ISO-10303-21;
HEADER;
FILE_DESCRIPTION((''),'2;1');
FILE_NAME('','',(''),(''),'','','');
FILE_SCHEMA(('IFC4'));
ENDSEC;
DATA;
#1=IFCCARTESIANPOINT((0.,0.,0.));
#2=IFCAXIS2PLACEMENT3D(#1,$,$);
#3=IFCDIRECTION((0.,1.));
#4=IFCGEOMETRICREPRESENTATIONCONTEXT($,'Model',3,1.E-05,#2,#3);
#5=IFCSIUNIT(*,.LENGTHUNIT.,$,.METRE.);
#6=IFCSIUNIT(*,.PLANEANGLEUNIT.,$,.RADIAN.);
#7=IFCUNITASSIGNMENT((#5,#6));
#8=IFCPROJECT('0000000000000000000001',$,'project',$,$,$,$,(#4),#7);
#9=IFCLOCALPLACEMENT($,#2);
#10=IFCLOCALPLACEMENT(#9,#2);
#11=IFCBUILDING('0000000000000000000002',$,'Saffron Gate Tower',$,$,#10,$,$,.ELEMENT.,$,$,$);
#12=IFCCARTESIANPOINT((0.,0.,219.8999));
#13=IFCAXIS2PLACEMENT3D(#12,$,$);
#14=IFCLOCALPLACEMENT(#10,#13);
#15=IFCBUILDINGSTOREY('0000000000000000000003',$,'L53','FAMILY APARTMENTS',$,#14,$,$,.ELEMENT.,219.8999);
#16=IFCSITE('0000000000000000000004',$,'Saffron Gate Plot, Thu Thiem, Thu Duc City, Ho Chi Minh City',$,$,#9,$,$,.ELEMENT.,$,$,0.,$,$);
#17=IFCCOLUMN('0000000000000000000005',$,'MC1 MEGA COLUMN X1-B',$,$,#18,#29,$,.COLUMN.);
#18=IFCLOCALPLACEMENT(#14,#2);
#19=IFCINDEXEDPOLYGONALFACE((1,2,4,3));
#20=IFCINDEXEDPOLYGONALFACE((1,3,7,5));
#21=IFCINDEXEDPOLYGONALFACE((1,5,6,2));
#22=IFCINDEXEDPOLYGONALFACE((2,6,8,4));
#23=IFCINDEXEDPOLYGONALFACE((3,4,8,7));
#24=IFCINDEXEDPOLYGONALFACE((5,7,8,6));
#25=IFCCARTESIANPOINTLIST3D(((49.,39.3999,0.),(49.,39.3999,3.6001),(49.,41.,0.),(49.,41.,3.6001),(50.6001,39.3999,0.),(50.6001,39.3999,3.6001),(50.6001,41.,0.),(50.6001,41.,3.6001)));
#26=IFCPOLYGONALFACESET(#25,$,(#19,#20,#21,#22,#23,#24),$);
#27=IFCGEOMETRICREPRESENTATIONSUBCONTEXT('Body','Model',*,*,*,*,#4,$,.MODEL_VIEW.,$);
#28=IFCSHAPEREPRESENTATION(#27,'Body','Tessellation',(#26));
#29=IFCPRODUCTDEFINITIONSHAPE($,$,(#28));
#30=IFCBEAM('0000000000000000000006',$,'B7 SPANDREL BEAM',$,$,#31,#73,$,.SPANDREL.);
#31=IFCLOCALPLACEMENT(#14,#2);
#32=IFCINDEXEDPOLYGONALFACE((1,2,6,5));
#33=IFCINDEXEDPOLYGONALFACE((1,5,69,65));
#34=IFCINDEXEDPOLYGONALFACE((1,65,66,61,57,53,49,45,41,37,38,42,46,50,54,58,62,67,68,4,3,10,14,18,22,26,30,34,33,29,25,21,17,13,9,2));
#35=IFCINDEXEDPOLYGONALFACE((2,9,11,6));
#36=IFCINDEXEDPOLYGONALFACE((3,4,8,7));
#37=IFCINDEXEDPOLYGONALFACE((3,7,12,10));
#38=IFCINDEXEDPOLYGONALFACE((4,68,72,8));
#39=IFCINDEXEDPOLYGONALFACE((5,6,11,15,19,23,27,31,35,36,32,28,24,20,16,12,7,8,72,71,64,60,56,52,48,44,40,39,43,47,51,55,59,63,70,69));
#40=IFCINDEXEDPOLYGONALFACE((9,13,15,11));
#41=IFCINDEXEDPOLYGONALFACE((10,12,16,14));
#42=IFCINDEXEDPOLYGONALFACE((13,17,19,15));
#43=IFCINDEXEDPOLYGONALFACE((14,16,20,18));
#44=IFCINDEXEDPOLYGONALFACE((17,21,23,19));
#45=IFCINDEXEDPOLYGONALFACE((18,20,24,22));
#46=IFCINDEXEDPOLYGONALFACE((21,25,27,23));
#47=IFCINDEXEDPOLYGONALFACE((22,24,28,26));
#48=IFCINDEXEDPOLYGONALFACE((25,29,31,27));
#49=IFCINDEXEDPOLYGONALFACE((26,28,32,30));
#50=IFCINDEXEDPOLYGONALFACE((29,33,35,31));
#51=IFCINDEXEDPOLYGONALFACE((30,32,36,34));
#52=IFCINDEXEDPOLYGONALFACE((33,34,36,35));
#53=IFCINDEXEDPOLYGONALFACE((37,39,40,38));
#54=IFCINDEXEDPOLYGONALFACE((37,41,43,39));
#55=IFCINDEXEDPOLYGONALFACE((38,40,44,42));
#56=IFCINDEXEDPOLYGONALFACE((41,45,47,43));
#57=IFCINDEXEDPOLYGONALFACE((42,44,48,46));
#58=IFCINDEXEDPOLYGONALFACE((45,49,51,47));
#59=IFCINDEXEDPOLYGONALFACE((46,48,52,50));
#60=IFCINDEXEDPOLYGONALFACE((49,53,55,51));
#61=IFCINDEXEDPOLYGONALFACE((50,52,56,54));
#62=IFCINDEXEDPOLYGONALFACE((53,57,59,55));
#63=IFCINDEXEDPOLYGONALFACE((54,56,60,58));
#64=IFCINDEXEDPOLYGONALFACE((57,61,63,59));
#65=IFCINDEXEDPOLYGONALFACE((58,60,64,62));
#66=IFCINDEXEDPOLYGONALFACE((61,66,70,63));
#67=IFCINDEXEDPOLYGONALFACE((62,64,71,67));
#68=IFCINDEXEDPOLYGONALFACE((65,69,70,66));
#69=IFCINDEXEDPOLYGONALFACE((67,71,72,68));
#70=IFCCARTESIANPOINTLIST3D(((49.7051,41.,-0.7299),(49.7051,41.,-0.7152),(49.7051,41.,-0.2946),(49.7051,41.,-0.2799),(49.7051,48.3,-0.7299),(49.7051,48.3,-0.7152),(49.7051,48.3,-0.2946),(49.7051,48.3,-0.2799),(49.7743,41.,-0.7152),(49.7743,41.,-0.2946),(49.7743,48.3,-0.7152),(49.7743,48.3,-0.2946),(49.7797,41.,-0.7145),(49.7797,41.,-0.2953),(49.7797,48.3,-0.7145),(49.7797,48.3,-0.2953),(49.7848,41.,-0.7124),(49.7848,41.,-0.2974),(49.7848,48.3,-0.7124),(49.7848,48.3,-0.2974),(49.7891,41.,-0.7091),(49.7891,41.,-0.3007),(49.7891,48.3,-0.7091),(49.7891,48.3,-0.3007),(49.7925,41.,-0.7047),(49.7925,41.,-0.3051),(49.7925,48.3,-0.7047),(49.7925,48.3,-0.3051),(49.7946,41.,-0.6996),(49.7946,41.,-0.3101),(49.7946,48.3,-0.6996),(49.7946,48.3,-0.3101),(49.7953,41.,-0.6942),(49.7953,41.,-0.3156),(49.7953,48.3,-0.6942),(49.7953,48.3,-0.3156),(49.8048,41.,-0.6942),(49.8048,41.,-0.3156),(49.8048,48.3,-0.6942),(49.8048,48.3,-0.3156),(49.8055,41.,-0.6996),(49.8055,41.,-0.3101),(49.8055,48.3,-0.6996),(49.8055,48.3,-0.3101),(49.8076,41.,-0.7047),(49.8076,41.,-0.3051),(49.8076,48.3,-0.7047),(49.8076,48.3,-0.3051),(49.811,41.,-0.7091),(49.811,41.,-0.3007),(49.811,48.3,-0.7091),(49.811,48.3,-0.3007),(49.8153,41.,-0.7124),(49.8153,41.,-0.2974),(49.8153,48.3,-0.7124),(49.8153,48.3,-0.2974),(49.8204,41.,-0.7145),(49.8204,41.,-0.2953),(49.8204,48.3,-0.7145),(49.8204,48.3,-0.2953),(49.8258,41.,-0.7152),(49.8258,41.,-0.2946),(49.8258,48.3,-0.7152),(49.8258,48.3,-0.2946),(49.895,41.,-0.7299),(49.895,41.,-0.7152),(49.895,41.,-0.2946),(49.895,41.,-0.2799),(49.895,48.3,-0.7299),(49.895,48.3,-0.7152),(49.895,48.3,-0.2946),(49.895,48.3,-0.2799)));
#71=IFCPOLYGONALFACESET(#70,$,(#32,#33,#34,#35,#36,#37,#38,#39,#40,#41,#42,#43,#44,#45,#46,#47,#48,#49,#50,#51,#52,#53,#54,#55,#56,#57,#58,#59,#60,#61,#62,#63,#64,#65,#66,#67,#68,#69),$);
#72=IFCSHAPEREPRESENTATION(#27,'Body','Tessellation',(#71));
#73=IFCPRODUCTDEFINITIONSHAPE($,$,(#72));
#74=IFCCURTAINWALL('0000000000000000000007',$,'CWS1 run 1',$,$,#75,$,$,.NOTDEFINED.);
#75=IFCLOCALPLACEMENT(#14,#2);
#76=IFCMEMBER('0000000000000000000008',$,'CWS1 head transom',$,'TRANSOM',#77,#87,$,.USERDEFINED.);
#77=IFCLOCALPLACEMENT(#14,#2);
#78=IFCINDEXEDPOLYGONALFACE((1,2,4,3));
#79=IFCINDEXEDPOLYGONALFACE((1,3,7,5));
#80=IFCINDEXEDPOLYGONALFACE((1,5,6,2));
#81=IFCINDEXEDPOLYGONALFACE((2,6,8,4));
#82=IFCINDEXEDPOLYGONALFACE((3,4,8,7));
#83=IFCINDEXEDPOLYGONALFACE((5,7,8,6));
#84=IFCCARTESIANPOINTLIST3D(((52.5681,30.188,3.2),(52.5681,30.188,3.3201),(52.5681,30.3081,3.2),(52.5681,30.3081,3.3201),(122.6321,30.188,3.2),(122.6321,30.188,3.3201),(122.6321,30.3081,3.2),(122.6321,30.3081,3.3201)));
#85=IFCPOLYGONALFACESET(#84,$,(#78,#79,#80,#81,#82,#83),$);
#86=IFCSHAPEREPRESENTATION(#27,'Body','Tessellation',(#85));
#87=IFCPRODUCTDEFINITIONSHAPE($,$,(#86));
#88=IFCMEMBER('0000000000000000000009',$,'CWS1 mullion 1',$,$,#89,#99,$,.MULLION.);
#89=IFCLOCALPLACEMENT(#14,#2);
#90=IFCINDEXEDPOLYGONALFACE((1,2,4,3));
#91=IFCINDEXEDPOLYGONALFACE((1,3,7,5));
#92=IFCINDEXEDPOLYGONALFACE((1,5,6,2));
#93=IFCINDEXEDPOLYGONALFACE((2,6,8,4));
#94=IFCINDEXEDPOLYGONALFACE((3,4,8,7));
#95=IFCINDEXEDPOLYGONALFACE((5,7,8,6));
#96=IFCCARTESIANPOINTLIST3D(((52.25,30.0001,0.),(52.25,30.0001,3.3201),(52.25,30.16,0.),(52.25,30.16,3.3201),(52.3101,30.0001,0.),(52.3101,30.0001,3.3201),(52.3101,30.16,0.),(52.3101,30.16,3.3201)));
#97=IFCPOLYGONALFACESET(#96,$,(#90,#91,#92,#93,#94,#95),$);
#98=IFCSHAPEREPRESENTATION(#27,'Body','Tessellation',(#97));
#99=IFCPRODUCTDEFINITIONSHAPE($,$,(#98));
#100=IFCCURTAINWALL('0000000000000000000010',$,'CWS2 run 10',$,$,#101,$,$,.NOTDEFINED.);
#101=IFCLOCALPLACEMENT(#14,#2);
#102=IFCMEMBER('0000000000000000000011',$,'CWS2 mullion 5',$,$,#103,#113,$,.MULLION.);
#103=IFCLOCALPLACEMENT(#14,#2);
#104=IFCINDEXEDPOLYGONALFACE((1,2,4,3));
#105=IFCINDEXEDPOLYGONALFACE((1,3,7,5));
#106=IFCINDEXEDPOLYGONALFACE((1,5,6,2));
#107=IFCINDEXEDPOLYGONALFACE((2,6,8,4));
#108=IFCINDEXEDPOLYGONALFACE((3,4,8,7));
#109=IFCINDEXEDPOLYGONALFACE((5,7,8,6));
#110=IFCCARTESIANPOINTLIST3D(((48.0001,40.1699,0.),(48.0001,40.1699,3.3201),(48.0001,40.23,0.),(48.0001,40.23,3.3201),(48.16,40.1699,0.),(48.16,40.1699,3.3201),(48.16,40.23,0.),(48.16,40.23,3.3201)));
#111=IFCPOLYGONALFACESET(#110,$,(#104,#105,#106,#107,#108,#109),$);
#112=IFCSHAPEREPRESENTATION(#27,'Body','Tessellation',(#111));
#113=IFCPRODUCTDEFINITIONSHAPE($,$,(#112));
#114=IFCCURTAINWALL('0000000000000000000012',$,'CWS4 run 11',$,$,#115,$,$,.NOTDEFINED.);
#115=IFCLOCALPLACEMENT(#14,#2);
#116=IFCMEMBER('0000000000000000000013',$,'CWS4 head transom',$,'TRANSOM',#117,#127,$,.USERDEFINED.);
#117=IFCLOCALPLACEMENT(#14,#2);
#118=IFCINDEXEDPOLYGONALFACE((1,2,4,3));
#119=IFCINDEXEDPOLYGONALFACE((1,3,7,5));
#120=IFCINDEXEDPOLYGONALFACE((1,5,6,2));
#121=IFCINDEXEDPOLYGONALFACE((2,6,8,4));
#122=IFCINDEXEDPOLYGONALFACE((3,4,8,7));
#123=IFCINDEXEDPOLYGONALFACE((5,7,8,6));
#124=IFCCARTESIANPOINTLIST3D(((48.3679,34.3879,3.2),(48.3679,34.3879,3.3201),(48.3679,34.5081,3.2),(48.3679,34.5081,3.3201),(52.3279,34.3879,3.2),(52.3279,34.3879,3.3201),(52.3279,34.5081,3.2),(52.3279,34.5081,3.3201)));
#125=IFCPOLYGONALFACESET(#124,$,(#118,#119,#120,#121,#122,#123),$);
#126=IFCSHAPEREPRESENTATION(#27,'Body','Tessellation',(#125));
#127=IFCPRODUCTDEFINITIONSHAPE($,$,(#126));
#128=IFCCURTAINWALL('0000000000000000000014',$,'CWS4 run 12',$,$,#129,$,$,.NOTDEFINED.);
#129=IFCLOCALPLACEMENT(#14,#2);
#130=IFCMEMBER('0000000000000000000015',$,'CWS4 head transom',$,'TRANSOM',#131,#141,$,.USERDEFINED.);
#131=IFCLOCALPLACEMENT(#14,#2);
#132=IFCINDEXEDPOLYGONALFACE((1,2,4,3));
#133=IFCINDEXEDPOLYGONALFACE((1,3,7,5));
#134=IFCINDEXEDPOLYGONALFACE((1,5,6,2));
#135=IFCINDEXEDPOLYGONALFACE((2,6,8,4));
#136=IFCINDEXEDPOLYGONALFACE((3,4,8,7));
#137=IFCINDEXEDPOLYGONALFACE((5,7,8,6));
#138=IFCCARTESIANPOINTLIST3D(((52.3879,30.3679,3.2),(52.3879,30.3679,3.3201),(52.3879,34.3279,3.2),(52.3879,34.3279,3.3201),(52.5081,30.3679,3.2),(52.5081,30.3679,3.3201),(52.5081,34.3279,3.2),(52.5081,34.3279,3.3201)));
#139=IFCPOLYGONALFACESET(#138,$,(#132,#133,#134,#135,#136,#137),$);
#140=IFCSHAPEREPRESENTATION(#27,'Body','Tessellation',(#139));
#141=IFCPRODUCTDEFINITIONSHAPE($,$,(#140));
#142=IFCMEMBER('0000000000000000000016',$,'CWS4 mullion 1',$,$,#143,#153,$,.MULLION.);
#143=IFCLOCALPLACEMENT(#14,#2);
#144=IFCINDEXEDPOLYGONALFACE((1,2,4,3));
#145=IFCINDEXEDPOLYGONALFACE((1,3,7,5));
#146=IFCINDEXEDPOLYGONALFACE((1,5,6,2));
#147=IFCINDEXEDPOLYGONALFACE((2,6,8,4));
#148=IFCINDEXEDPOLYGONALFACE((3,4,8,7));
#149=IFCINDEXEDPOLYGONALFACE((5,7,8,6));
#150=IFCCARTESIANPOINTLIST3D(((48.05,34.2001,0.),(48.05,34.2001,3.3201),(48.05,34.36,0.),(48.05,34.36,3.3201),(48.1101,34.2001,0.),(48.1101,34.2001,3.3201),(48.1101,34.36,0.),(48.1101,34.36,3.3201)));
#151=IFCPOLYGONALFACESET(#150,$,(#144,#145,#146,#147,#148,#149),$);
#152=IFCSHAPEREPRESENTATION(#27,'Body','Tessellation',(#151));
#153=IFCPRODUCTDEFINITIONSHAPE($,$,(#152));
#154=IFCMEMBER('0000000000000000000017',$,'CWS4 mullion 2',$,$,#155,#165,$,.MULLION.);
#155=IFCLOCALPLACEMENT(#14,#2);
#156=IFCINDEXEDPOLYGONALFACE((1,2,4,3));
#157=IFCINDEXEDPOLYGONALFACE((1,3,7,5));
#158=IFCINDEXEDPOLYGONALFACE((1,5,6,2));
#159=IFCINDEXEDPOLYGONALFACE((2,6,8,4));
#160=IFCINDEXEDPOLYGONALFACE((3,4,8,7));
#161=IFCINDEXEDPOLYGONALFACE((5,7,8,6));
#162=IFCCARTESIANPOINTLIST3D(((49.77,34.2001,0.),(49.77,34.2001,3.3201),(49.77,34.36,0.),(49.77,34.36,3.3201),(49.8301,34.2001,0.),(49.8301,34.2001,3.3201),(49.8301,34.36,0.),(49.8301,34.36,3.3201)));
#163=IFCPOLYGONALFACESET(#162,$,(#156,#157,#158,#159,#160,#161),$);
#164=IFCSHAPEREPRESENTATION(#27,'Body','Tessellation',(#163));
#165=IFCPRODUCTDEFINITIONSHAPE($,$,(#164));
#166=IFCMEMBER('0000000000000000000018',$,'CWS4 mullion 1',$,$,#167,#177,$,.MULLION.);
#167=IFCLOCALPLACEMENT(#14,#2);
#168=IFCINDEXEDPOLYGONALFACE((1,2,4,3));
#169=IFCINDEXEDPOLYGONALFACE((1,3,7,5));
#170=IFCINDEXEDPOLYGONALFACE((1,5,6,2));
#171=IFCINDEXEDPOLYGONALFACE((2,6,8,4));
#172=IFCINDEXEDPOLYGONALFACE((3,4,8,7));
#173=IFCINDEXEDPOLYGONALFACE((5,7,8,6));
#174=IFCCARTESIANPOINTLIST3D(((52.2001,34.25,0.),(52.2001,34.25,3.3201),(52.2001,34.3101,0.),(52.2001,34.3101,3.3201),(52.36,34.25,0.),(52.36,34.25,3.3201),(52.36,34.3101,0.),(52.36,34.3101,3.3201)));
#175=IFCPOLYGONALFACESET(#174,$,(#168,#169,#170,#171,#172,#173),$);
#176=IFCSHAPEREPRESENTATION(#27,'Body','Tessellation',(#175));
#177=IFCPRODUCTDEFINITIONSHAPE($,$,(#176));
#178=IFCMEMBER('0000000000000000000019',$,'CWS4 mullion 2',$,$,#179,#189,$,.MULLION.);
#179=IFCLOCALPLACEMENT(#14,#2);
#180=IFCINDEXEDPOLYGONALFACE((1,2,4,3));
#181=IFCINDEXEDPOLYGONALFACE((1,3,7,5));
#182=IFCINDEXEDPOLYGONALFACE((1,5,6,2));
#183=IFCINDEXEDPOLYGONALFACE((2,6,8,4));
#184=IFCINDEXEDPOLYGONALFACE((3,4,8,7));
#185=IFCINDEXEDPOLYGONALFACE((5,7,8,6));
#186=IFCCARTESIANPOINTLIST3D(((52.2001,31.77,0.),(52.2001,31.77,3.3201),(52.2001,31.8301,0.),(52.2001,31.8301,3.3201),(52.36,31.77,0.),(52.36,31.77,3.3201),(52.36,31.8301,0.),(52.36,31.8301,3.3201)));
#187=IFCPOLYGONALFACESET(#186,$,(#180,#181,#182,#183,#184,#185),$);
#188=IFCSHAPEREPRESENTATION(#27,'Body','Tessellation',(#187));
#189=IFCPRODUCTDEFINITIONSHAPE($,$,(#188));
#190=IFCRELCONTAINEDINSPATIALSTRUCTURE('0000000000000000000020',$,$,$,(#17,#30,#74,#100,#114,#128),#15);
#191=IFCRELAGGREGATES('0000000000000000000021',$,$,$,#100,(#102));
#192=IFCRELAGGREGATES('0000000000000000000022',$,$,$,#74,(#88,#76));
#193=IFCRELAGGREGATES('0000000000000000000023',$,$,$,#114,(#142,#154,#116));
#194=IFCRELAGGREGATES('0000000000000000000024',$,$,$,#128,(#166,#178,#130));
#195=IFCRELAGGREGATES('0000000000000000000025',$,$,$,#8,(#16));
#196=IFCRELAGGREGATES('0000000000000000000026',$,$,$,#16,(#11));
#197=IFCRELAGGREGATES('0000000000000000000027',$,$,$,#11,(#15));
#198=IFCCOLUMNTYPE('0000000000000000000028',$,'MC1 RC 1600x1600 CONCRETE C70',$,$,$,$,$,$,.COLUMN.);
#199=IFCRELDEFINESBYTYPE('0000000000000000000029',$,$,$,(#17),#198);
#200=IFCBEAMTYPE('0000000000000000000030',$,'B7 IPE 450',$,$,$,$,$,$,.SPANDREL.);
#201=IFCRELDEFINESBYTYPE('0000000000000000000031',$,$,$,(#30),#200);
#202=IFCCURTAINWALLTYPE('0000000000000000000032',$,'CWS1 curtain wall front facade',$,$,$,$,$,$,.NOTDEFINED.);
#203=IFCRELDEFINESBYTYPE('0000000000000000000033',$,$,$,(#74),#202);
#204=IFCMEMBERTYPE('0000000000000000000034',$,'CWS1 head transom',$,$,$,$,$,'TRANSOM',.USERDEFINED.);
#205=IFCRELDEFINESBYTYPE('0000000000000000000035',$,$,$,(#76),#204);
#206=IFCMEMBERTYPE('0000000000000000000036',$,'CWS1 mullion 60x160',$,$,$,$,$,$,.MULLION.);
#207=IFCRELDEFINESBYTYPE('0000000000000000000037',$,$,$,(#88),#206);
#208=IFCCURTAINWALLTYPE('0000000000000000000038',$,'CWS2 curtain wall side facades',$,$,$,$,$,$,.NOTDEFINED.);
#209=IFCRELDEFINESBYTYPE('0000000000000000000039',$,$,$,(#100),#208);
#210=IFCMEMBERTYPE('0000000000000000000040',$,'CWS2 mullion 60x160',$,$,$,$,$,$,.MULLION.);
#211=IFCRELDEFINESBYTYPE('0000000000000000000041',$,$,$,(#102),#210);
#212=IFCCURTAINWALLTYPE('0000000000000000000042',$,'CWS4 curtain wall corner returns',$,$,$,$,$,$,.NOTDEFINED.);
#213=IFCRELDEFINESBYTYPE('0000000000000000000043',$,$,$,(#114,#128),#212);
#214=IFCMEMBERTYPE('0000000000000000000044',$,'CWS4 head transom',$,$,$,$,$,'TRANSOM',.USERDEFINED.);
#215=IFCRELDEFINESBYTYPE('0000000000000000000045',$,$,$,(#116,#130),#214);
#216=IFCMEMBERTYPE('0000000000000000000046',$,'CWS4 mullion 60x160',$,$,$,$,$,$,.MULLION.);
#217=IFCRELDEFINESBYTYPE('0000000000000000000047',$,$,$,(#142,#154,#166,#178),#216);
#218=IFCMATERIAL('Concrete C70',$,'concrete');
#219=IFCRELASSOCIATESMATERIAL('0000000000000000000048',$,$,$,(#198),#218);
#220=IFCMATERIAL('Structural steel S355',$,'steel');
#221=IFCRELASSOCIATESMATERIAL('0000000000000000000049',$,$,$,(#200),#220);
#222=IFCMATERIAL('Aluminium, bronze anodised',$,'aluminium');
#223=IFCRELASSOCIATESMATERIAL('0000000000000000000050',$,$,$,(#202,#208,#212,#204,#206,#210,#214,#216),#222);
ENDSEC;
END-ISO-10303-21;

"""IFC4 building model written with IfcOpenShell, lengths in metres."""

from ifc_helpers import new_model, si_unit, direction, frame, origin, origin_2d, place, context, subcontext, project, spatial, rectangle, i_section, extrude, material, material_profile, profile_set, type_object, element, aggregate, save


model = new_model("IFC4")

# Units and contexts
model_context = context("Model", 3, precision=1e-05, world=origin(), true_north=direction((0.0, 1.0)))
body_context = subcontext(model_context, "Body", "Model", "MODEL_VIEW")
ifc_project = project(units=[si_unit("LENGTHUNIT", "METRE"), si_unit("PLANEANGLEUNIT", "RADIAN")], contexts=[model_context])

# Site, building, storey
site_placement = place(None, origin())
site = spatial("IfcSite", under=ifc_project, at=site_placement, Name="Saffron Gate Plot, Thu Thiem, Thu Duc City, Ho Chi Minh City", CompositionType="ELEMENT", RefElevation=0.0)
building_placement = place(site_placement, origin())
building = spatial("IfcBuilding", under=site, at=building_placement, Name="Saffron Gate Tower", CompositionType="ELEMENT")
storey_placement = place(building_placement, frame((0.0, 0.0, 219.8999)))
storey = spatial("IfcBuildingStorey", under=building, at=storey_placement, Name="L53", Description="FAMILY APARTMENTS", CompositionType="ELEMENT", Elevation=219.8999)

# Column
ifc_material_1 = material(Name="Concrete C70", Category="concrete")
ifc_material_profile_1 = material_profile(ifc_material_1, rectangle(XDim=1.6001, YDim=1.6001, at=origin_2d()))
ifc_profile_set_1 = profile_set([ifc_material_profile_1], Name="Concrete C70")
column_type = type_object("IfcColumnType", Name="MC1 RC 1600x1600 CONCRETE C70", PredefinedType="COLUMN", material=ifc_profile_set_1)
column_placement = place(storey_placement, frame((49.8, 40.2, 0.0), z_axis=(0.0, 0.0, 1.0), x_axis=(1.0, 0.0, 0.0)))
element("IfcColumn", 1, at=column_placement, inside=storey, type_object=column_type, Name="MC1 MEGA COLUMN X1-B", PredefinedType="COLUMN", context=body_context, shape_type="SweptSolid", body=[
    extrude(rectangle(XDim=1.6001, YDim=1.6001, at=origin_2d()), origin(), (0.0, 0.0, 1.0), 3.6001),
])

# Beam
ifc_material_2 = material(Name="Structural steel S355", Category="steel")
ifc_material_profile_2 = material_profile(ifc_material_2, i_section(OverallWidth=0.1899, OverallDepth=0.45, WebThickness=0.0095, FlangeThickness=0.0146, FilletRadius=0.021, at=origin_2d()))
ifc_profile_set_2 = profile_set([ifc_material_profile_2], Name="Structural steel S355")
beam_type = type_object("IfcBeamType", Name="B7 IPE 450", PredefinedType="SPANDREL", material=ifc_profile_set_2)
beam_placement = place(storey_placement, frame((49.8, 41.0, -0.5049), z_axis=(0.0, 1.0, 0.0), x_axis=(-1.0, 0.0, 0.0)))
element("IfcBeam", 2, at=beam_placement, inside=storey, type_object=beam_type, Name="B7 SPANDREL BEAM", PredefinedType="SPANDREL", context=body_context, shape_type="SweptSolid", body=[
    extrude(i_section(OverallWidth=0.1899, OverallDepth=0.45, WebThickness=0.0095, FlangeThickness=0.0146, FilletRadius=0.021, at=origin_2d()), origin(), (0.0, 0.0, 1.0), 7.3),
])

# Curtain wall, members
ifc_material_3 = material(Name="Aluminium, bronze anodised", Category="aluminium")
curtain_wall_type_1 = type_object("IfcCurtainWallType", Name="CWS1 curtain wall front facade", PredefinedType="NOTDEFINED", material=ifc_material_3)
curtain_wall_1_placement = place(storey_placement, origin())
curtain_wall_1 = element("IfcCurtainWall", 3, at=curtain_wall_1_placement, inside=storey, type_object=curtain_wall_type_1, Name="CWS1 run 1", PredefinedType="NOTDEFINED")
ifc_material_profile_3 = material_profile(ifc_material_3, rectangle(XDim=0.1201, YDim=0.1201, at=origin_2d()))
ifc_profile_set_3 = profile_set([ifc_material_profile_3], Name="Aluminium, bronze anodised")
member_type_1 = type_object("IfcMemberType", Name="CWS1 head transom", ElementType="TRANSOM", PredefinedType="USERDEFINED", material=ifc_profile_set_3)
member_1_placement = place(storey_placement, frame((52.5681, 30.248, 3.26), z_axis=(1.0, 0.0, 0.0), x_axis=(0.0, 1.0, 0.0)))
member_1 = element("IfcMember", 4, at=member_1_placement, type_object=member_type_1, Name="CWS1 head transom", ObjectType="TRANSOM", PredefinedType="USERDEFINED", context=body_context, shape_type="SweptSolid", body=[
    extrude(rectangle(XDim=0.1201, YDim=0.1201, at=origin_2d()), origin(), (0.0, 0.0, 1.0), 70.064),
])
ifc_material_profile_4 = material_profile(ifc_material_3, rectangle(XDim=0.1599, YDim=0.0601, at=origin_2d()))
ifc_profile_set_4 = profile_set([ifc_material_profile_4], Name="Aluminium, bronze anodised")
member_type_2 = type_object("IfcMemberType", Name="CWS1 mullion 60x160", PredefinedType="MULLION", material=ifc_profile_set_4)
member_2_placement = place(storey_placement, frame((52.28, 30.0801, 0.0), z_axis=(0.0, 0.0, 1.0), x_axis=(0.0, 1.0, 0.0)))
member_2 = element("IfcMember", 5, at=member_2_placement, type_object=member_type_2, Name="CWS1 mullion 1", PredefinedType="MULLION", context=body_context, shape_type="SweptSolid", body=[
    extrude(rectangle(XDim=0.1599, YDim=0.0601, at=origin_2d()), origin(), (0.0, 0.0, 1.0), 3.3201),
])

# Curtain walls, members
curtain_wall_type_2 = type_object("IfcCurtainWallType", Name="CWS2 curtain wall side facades", PredefinedType="NOTDEFINED", material=ifc_material_3)
curtain_wall_2_placement = place(storey_placement, origin())
curtain_wall_2 = element("IfcCurtainWall", 6, at=curtain_wall_2_placement, inside=storey, type_object=curtain_wall_type_2, Name="CWS2 run 10", PredefinedType="NOTDEFINED")
ifc_material_profile_5 = material_profile(ifc_material_3, rectangle(XDim=0.1599, YDim=0.0601, at=origin_2d()))
ifc_profile_set_5 = profile_set([ifc_material_profile_5], Name="Aluminium, bronze anodised")
member_type_3 = type_object("IfcMemberType", Name="CWS2 mullion 60x160", PredefinedType="MULLION", material=ifc_profile_set_5)
member_3_placement = place(storey_placement, frame((48.0801, 40.2, 0.0), z_axis=(0.0, 0.0, 1.0), x_axis=(1.0, 0.0, 0.0)))
member_3 = element("IfcMember", 7, at=member_3_placement, type_object=member_type_3, Name="CWS2 mullion 5", PredefinedType="MULLION", context=body_context, shape_type="SweptSolid", body=[
    extrude(rectangle(XDim=0.1599, YDim=0.0601, at=origin_2d()), origin(), (0.0, 0.0, 1.0), 3.3201),
])
aggregate(curtain_wall_2, [member_3])
curtain_wall_type_3 = type_object("IfcCurtainWallType", Name="CWS4 curtain wall corner returns", PredefinedType="NOTDEFINED", material=ifc_material_3)
curtain_wall_3_placement = place(storey_placement, origin())
curtain_wall_3 = element("IfcCurtainWall", 8, at=curtain_wall_3_placement, inside=storey, type_object=curtain_wall_type_3, Name="CWS4 run 11", PredefinedType="NOTDEFINED")
ifc_material_profile_6 = material_profile(ifc_material_3, rectangle(XDim=0.1201, YDim=0.1201, at=origin_2d()))
ifc_profile_set_6 = profile_set([ifc_material_profile_6], Name="Aluminium, bronze anodised")
member_type_4 = type_object("IfcMemberType", Name="CWS4 head transom", ElementType="TRANSOM", PredefinedType="USERDEFINED", material=ifc_profile_set_6)
member_4_placement = place(storey_placement, frame((48.3679, 34.448, 3.26), z_axis=(1.0, 0.0, 0.0), x_axis=(0.0, 1.0, 0.0)))
member_4 = element("IfcMember", 9, at=member_4_placement, type_object=member_type_4, Name="CWS4 head transom", ObjectType="TRANSOM", PredefinedType="USERDEFINED", context=body_context, shape_type="SweptSolid", body=[
    extrude(rectangle(XDim=0.1201, YDim=0.1201, at=origin_2d()), origin(), (0.0, 0.0, 1.0), 3.96),
])
curtain_wall_4_placement = place(storey_placement, origin())
curtain_wall_4 = element("IfcCurtainWall", 10, at=curtain_wall_4_placement, inside=storey, type_object=curtain_wall_type_3, Name="CWS4 run 12", PredefinedType="NOTDEFINED")
member_5_placement = place(storey_placement, frame((52.448, 34.3279, 3.26), z_axis=(0.0, -1.0, 0.0), x_axis=(1.0, 0.0, 0.0)))
member_5 = element("IfcMember", 11, at=member_5_placement, type_object=member_type_4, Name="CWS4 head transom", ObjectType="TRANSOM", PredefinedType="USERDEFINED", context=body_context, shape_type="SweptSolid", body=[
    extrude(rectangle(XDim=0.1201, YDim=0.1201, at=origin_2d()), origin(), (0.0, 0.0, 1.0), 3.96),
])

# Members
ifc_material_profile_7 = material_profile(ifc_material_3, rectangle(XDim=0.1599, YDim=0.0601, at=origin_2d()))
ifc_profile_set_7 = profile_set([ifc_material_profile_7], Name="Aluminium, bronze anodised")
member_type_5 = type_object("IfcMemberType", Name="CWS4 mullion 60x160", PredefinedType="MULLION", material=ifc_profile_set_7)
member_6_placement = place(storey_placement, frame((48.0801, 34.28, 0.0), z_axis=(0.0, 0.0, 1.0), x_axis=(0.0, 1.0, 0.0)))
member_6 = element("IfcMember", 12, at=member_6_placement, type_object=member_type_5, Name="CWS4 mullion 1", PredefinedType="MULLION", context=body_context, shape_type="SweptSolid", body=[
    extrude(rectangle(XDim=0.1599, YDim=0.0601, at=origin_2d()), origin(), (0.0, 0.0, 1.0), 3.3201),
])
member_7_placement = place(storey_placement, frame((49.8, 34.28, 0.0), z_axis=(0.0, 0.0, 1.0), x_axis=(0.0, 1.0, 0.0)))
member_7 = element("IfcMember", 13, at=member_7_placement, type_object=member_type_5, Name="CWS4 mullion 2", PredefinedType="MULLION", context=body_context, shape_type="SweptSolid", body=[
    extrude(rectangle(XDim=0.1599, YDim=0.0601, at=origin_2d()), origin(), (0.0, 0.0, 1.0), 3.3201),
])
member_8_placement = place(storey_placement, frame((52.28, 34.28, 0.0), z_axis=(0.0, 0.0, 1.0), x_axis=(1.0, 0.0, 0.0)))
member_8 = element("IfcMember", 14, at=member_8_placement, type_object=member_type_5, Name="CWS4 mullion 1", PredefinedType="MULLION", context=body_context, shape_type="SweptSolid", body=[
    extrude(rectangle(XDim=0.1599, YDim=0.0601, at=origin_2d()), origin(), (0.0, 0.0, 1.0), 3.3201),
])
member_9_placement = place(storey_placement, frame((52.28, 31.8, 0.0), z_axis=(0.0, 0.0, 1.0), x_axis=(1.0, 0.0, 0.0)))
member_9 = element("IfcMember", 15, at=member_9_placement, type_object=member_type_5, Name="CWS4 mullion 2", PredefinedType="MULLION", context=body_context, shape_type="SweptSolid", body=[
    extrude(rectangle(XDim=0.1599, YDim=0.0601, at=origin_2d()), origin(), (0.0, 0.0, 1.0), 3.3201),
])

aggregate(curtain_wall_1, [member_2, member_1])

aggregate(curtain_wall_3, [member_6, member_7, member_4])
aggregate(curtain_wall_4, [member_8, member_9, member_5])

save(model, "model.ifc")
